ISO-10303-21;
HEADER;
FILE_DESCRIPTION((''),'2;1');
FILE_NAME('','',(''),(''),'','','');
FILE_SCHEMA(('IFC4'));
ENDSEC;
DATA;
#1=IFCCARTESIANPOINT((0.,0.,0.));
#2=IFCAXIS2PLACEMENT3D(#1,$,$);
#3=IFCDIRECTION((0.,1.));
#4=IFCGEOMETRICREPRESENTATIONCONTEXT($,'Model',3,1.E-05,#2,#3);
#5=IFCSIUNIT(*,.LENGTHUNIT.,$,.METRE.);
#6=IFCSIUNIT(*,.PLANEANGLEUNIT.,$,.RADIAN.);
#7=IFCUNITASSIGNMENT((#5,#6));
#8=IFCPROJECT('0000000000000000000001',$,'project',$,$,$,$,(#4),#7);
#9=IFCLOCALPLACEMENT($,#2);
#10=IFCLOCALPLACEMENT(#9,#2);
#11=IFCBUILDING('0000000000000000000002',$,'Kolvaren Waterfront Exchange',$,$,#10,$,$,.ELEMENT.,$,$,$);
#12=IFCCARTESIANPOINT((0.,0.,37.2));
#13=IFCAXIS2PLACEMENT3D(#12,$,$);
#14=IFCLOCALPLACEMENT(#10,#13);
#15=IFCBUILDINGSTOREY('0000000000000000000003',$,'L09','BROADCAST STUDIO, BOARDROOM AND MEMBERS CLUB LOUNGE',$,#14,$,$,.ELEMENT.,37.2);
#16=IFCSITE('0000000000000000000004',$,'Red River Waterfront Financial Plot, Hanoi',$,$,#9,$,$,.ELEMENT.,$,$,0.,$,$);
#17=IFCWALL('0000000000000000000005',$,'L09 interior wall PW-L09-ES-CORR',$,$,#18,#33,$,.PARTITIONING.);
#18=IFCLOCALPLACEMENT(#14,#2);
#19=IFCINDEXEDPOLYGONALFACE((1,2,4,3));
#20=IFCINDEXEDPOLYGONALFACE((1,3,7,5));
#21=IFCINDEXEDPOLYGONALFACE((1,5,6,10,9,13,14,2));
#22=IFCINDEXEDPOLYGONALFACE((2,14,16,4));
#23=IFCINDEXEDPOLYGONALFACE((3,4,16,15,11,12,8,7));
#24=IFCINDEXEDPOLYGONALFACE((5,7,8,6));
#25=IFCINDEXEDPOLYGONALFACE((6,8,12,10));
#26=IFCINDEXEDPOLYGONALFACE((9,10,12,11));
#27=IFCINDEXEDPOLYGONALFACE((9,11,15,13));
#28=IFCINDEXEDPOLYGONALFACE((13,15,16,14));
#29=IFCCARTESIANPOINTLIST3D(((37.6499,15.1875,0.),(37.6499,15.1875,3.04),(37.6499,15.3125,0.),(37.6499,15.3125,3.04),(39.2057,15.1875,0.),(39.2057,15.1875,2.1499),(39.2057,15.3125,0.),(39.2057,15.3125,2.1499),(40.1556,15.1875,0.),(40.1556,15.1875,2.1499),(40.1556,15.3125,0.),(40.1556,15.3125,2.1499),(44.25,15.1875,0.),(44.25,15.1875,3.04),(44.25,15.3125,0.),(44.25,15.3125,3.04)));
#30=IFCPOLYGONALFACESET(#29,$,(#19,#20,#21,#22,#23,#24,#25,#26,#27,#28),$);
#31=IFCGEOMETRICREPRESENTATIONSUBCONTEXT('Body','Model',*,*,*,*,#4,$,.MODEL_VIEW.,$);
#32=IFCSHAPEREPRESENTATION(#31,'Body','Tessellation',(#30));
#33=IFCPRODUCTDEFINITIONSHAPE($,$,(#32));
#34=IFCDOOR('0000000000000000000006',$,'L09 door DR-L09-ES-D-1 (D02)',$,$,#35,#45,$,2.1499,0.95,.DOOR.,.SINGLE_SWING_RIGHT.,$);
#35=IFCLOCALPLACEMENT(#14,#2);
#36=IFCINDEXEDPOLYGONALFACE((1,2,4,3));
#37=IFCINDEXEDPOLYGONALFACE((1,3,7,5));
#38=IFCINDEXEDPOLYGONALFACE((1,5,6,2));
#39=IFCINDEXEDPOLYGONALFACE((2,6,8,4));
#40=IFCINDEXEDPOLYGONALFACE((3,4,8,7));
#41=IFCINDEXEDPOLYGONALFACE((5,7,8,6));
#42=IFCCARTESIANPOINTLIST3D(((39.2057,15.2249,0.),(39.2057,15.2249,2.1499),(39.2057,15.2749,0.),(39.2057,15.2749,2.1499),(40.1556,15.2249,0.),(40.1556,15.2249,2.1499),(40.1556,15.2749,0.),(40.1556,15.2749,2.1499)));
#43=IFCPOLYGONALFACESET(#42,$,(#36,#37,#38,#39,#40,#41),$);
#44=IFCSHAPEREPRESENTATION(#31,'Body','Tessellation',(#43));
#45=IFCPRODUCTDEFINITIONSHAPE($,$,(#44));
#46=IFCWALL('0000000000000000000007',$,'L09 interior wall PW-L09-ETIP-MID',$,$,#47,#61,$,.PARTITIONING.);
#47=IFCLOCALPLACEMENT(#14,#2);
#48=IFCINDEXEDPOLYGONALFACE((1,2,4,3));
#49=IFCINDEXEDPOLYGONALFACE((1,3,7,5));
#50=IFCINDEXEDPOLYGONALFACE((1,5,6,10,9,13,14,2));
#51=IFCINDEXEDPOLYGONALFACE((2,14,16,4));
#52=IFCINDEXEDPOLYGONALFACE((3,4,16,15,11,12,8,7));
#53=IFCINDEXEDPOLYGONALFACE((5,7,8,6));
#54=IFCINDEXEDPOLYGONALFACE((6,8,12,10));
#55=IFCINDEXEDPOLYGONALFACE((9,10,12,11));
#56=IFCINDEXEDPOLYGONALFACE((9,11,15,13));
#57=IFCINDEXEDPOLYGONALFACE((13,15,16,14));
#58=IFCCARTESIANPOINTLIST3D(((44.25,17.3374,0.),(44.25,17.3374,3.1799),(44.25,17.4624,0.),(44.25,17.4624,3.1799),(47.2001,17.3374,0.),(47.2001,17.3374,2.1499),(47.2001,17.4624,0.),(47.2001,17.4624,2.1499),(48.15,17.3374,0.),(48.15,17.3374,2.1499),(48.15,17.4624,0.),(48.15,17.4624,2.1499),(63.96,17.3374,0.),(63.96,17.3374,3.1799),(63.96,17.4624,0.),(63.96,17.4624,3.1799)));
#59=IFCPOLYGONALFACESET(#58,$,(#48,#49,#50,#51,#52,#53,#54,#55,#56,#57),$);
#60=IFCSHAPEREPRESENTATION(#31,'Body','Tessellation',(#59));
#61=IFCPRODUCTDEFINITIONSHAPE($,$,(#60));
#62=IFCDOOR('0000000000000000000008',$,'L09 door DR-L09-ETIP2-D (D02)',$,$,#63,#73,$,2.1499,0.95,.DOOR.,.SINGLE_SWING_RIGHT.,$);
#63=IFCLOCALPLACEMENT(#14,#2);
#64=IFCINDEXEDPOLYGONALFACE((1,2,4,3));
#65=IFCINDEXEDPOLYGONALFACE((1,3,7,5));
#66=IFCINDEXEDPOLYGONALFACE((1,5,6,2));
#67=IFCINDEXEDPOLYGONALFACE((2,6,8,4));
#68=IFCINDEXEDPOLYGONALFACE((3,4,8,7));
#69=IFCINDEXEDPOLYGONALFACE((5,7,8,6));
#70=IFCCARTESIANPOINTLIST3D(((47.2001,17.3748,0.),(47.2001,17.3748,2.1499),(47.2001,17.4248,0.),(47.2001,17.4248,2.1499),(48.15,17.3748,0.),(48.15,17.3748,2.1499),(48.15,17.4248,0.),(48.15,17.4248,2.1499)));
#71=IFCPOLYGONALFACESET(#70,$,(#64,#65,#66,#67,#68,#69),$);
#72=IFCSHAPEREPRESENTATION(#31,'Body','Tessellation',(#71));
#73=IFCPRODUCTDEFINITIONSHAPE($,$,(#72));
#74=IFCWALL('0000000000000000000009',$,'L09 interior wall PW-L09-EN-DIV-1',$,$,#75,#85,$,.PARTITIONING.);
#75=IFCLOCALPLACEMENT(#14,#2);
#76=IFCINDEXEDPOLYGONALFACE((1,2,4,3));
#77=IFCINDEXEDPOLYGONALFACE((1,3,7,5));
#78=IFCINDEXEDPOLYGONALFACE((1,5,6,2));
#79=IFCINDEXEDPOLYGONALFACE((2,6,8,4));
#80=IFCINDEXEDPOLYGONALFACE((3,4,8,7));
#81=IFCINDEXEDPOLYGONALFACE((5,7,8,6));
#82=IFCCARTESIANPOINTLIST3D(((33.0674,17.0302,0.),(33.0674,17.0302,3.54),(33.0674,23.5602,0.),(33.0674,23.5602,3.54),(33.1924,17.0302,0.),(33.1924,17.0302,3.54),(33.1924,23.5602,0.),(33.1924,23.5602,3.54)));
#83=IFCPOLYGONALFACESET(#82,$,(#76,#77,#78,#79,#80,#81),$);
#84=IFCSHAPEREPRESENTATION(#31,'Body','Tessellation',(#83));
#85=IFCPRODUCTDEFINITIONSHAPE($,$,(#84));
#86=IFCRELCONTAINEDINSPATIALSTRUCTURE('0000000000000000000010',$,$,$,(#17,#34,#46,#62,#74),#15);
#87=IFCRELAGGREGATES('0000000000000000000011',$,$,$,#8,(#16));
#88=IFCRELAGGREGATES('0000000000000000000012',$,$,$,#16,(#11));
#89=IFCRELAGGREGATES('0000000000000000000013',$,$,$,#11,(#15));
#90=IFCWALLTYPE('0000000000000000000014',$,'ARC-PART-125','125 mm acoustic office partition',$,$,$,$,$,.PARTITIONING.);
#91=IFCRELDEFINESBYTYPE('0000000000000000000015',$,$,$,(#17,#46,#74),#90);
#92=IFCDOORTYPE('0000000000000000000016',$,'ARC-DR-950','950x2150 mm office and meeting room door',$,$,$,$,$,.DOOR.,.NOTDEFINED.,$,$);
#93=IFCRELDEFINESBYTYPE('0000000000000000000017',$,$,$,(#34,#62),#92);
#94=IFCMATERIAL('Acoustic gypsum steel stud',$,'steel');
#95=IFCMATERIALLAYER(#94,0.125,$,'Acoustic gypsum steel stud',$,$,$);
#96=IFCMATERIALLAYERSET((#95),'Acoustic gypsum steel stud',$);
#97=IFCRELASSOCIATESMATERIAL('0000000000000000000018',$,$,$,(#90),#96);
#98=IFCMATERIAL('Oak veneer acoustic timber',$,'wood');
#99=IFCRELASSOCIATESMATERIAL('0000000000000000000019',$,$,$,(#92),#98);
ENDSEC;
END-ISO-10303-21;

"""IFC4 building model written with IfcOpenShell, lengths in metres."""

from ifc_helpers import new_model, si_unit, direction, frame, frame_2d, origin, place, context, subcontext, project, spatial, rectangle, extrude, material, layer, layer_set, type_object, element, fill, save


model = new_model("IFC4")

# Units and contexts
model_context = context("Model", 3, precision=1e-05, world=origin(), true_north=direction((0.0, 1.0)))
body_context = subcontext(model_context, "Body", "Model", "MODEL_VIEW")
ifc_project = project(units=[si_unit("LENGTHUNIT", "METRE"), si_unit("PLANEANGLEUNIT", "RADIAN")], contexts=[model_context])

# Site, building, storey
site_placement = place(None, origin())
site = spatial("IfcSite", under=ifc_project, at=site_placement, Name="Red River Waterfront Financial Plot, Hanoi", CompositionType="ELEMENT", RefElevation=0.0)
building_placement = place(site_placement, origin())
building = spatial("IfcBuilding", under=site, at=building_placement, Name="Kolvaren Waterfront Exchange", CompositionType="ELEMENT")
storey_placement = place(building_placement, frame((0.0, 0.0, 37.2)))
storey = spatial("IfcBuildingStorey", under=building, at=storey_placement, Name="L09", Description="BROADCAST STUDIO, BOARDROOM AND MEMBERS CLUB LOUNGE", CompositionType="ELEMENT", Elevation=37.2)

# Walls, openings, doors
ifc_material_1 = material(Name="Acoustic gypsum steel stud", Category="steel")
ifc_layer_1 = layer(ifc_material_1, 0.125, Name="Acoustic gypsum steel stud")
ifc_layer_set_1 = layer_set([ifc_layer_1], Name="Acoustic gypsum steel stud")
wall_type_1 = type_object("IfcWallType", Name="ARC-PART-125", Description="125 mm acoustic office partition", PredefinedType="PARTITIONING", material=ifc_layer_set_1)
wall_1_placement = place(storey_placement, frame((37.6499, 15.25, 0.0), z_axis=(0.0, 0.0, 1.0), x_axis=(1.0, 0.0, 0.0)))
wall_1 = element("IfcWall", 1, at=wall_1_placement, inside=storey, type_object=wall_type_1, Name="L09 interior wall PW-L09-ES-CORR", PredefinedType="PARTITIONING", context=body_context, shape_type="SweptSolid", body=[
    extrude(rectangle(XDim=6.6001, YDim=0.125, at=frame_2d((3.3, 0.0))), origin(), (0.0, 0.0, 1.0), 3.04),
])
opening_1_placement = place(wall_1_placement, frame((1.5557, 0.0, 0.0)))
opening_1 = element("IfcOpeningElement", 2, at=opening_1_placement, cuts=wall_1, PredefinedType="OPENING", context=body_context, shape_type="SweptSolid", body=[
    extrude(rectangle(XDim=0.95, YDim=2.1499, at=frame_2d((0.4751, 1.075))), frame((0.0, 0.0725, 0.0), z_axis=(0.0, -1.0, 0.0), x_axis=(1.0, 0.0, 0.0)), (0.0, 0.0, 1.0), 0.145),
])
ifc_material_2 = material(Name="Oak veneer acoustic timber", Category="wood")
door_type_1 = type_object("IfcDoorType", Name="ARC-DR-950", Description="950x2150 mm office and meeting room door", OperationType="NOTDEFINED", PredefinedType="DOOR", material=ifc_material_2)
door_1_placement = place(opening_1_placement, origin())
door_1 = element("IfcDoor", 3, at=door_1_placement, inside=storey, type_object=door_type_1, Name="L09 door DR-L09-ES-D-1 (D02)", OperationType="SINGLE_SWING_RIGHT", OverallHeight=2.1499, OverallWidth=0.95, PredefinedType="DOOR", context=body_context, shape_type="SweptSolid", body=[
    extrude(rectangle(XDim=0.95, YDim=2.1499, at=frame_2d((0.4751, 1.075))), frame((0.0, 0.0249, 0.0), z_axis=(0.0, -1.0, 0.0), x_axis=(1.0, 0.0, 0.0)), (0.0, 0.0, 1.0), 0.05),
])
fill(opening_1, door_1)
wall_2_placement = place(storey_placement, frame((44.25, 17.3999, 0.0), z_axis=(0.0, 0.0, 1.0), x_axis=(1.0, 0.0, 0.0)))
wall_2 = element("IfcWall", 4, at=wall_2_placement, inside=storey, type_object=wall_type_1, Name="L09 interior wall PW-L09-ETIP-MID", PredefinedType="PARTITIONING", context=body_context, shape_type="SweptSolid", body=[
    extrude(rectangle(XDim=19.71, YDim=0.125, at=frame_2d((9.855, 0.0))), origin(), (0.0, 0.0, 1.0), 3.1799),
])
opening_2_placement = place(wall_2_placement, frame((2.95, 0.0, 0.0)))
opening_2 = element("IfcOpeningElement", 5, at=opening_2_placement, cuts=wall_2, PredefinedType="OPENING", context=body_context, shape_type="SweptSolid", body=[
    extrude(rectangle(XDim=0.95, YDim=2.1499, at=frame_2d((0.4751, 1.075))), frame((0.0, 0.0725, 0.0), z_axis=(0.0, -1.0, 0.0), x_axis=(1.0, 0.0, 0.0)), (0.0, 0.0, 1.0), 0.145),
])
door_2_placement = place(opening_2_placement, origin())
door_2 = element("IfcDoor", 6, at=door_2_placement, inside=storey, type_object=door_type_1, Name="L09 door DR-L09-ETIP2-D (D02)", OperationType="SINGLE_SWING_RIGHT", OverallHeight=2.1499, OverallWidth=0.95, PredefinedType="DOOR", context=body_context, shape_type="SweptSolid", body=[
    extrude(rectangle(XDim=0.95, YDim=2.1499, at=frame_2d((0.4751, 1.075))), frame((0.0, 0.0249, 0.0), z_axis=(0.0, -1.0, 0.0), x_axis=(1.0, 0.0, 0.0)), (0.0, 0.0, 1.0), 0.05),
])
fill(opening_2, door_2)

# Wall
wall_3_placement = place(storey_placement, frame((33.1299, 17.03, 0.0), z_axis=(0.0, 0.0, 1.0), x_axis=(0.0, 1.0, 0.0)))
element("IfcWall", 7, at=wall_3_placement, inside=storey, type_object=wall_type_1, Name="L09 interior wall PW-L09-EN-DIV-1", PredefinedType="PARTITIONING", context=body_context, shape_type="SweptSolid", body=[
    extrude(rectangle(XDim=6.53, YDim=0.125, at=frame_2d((3.2651, 0.0))), origin(), (0.0, 0.0, 1.0), 3.54),
])

save(model, "model.ifc")
